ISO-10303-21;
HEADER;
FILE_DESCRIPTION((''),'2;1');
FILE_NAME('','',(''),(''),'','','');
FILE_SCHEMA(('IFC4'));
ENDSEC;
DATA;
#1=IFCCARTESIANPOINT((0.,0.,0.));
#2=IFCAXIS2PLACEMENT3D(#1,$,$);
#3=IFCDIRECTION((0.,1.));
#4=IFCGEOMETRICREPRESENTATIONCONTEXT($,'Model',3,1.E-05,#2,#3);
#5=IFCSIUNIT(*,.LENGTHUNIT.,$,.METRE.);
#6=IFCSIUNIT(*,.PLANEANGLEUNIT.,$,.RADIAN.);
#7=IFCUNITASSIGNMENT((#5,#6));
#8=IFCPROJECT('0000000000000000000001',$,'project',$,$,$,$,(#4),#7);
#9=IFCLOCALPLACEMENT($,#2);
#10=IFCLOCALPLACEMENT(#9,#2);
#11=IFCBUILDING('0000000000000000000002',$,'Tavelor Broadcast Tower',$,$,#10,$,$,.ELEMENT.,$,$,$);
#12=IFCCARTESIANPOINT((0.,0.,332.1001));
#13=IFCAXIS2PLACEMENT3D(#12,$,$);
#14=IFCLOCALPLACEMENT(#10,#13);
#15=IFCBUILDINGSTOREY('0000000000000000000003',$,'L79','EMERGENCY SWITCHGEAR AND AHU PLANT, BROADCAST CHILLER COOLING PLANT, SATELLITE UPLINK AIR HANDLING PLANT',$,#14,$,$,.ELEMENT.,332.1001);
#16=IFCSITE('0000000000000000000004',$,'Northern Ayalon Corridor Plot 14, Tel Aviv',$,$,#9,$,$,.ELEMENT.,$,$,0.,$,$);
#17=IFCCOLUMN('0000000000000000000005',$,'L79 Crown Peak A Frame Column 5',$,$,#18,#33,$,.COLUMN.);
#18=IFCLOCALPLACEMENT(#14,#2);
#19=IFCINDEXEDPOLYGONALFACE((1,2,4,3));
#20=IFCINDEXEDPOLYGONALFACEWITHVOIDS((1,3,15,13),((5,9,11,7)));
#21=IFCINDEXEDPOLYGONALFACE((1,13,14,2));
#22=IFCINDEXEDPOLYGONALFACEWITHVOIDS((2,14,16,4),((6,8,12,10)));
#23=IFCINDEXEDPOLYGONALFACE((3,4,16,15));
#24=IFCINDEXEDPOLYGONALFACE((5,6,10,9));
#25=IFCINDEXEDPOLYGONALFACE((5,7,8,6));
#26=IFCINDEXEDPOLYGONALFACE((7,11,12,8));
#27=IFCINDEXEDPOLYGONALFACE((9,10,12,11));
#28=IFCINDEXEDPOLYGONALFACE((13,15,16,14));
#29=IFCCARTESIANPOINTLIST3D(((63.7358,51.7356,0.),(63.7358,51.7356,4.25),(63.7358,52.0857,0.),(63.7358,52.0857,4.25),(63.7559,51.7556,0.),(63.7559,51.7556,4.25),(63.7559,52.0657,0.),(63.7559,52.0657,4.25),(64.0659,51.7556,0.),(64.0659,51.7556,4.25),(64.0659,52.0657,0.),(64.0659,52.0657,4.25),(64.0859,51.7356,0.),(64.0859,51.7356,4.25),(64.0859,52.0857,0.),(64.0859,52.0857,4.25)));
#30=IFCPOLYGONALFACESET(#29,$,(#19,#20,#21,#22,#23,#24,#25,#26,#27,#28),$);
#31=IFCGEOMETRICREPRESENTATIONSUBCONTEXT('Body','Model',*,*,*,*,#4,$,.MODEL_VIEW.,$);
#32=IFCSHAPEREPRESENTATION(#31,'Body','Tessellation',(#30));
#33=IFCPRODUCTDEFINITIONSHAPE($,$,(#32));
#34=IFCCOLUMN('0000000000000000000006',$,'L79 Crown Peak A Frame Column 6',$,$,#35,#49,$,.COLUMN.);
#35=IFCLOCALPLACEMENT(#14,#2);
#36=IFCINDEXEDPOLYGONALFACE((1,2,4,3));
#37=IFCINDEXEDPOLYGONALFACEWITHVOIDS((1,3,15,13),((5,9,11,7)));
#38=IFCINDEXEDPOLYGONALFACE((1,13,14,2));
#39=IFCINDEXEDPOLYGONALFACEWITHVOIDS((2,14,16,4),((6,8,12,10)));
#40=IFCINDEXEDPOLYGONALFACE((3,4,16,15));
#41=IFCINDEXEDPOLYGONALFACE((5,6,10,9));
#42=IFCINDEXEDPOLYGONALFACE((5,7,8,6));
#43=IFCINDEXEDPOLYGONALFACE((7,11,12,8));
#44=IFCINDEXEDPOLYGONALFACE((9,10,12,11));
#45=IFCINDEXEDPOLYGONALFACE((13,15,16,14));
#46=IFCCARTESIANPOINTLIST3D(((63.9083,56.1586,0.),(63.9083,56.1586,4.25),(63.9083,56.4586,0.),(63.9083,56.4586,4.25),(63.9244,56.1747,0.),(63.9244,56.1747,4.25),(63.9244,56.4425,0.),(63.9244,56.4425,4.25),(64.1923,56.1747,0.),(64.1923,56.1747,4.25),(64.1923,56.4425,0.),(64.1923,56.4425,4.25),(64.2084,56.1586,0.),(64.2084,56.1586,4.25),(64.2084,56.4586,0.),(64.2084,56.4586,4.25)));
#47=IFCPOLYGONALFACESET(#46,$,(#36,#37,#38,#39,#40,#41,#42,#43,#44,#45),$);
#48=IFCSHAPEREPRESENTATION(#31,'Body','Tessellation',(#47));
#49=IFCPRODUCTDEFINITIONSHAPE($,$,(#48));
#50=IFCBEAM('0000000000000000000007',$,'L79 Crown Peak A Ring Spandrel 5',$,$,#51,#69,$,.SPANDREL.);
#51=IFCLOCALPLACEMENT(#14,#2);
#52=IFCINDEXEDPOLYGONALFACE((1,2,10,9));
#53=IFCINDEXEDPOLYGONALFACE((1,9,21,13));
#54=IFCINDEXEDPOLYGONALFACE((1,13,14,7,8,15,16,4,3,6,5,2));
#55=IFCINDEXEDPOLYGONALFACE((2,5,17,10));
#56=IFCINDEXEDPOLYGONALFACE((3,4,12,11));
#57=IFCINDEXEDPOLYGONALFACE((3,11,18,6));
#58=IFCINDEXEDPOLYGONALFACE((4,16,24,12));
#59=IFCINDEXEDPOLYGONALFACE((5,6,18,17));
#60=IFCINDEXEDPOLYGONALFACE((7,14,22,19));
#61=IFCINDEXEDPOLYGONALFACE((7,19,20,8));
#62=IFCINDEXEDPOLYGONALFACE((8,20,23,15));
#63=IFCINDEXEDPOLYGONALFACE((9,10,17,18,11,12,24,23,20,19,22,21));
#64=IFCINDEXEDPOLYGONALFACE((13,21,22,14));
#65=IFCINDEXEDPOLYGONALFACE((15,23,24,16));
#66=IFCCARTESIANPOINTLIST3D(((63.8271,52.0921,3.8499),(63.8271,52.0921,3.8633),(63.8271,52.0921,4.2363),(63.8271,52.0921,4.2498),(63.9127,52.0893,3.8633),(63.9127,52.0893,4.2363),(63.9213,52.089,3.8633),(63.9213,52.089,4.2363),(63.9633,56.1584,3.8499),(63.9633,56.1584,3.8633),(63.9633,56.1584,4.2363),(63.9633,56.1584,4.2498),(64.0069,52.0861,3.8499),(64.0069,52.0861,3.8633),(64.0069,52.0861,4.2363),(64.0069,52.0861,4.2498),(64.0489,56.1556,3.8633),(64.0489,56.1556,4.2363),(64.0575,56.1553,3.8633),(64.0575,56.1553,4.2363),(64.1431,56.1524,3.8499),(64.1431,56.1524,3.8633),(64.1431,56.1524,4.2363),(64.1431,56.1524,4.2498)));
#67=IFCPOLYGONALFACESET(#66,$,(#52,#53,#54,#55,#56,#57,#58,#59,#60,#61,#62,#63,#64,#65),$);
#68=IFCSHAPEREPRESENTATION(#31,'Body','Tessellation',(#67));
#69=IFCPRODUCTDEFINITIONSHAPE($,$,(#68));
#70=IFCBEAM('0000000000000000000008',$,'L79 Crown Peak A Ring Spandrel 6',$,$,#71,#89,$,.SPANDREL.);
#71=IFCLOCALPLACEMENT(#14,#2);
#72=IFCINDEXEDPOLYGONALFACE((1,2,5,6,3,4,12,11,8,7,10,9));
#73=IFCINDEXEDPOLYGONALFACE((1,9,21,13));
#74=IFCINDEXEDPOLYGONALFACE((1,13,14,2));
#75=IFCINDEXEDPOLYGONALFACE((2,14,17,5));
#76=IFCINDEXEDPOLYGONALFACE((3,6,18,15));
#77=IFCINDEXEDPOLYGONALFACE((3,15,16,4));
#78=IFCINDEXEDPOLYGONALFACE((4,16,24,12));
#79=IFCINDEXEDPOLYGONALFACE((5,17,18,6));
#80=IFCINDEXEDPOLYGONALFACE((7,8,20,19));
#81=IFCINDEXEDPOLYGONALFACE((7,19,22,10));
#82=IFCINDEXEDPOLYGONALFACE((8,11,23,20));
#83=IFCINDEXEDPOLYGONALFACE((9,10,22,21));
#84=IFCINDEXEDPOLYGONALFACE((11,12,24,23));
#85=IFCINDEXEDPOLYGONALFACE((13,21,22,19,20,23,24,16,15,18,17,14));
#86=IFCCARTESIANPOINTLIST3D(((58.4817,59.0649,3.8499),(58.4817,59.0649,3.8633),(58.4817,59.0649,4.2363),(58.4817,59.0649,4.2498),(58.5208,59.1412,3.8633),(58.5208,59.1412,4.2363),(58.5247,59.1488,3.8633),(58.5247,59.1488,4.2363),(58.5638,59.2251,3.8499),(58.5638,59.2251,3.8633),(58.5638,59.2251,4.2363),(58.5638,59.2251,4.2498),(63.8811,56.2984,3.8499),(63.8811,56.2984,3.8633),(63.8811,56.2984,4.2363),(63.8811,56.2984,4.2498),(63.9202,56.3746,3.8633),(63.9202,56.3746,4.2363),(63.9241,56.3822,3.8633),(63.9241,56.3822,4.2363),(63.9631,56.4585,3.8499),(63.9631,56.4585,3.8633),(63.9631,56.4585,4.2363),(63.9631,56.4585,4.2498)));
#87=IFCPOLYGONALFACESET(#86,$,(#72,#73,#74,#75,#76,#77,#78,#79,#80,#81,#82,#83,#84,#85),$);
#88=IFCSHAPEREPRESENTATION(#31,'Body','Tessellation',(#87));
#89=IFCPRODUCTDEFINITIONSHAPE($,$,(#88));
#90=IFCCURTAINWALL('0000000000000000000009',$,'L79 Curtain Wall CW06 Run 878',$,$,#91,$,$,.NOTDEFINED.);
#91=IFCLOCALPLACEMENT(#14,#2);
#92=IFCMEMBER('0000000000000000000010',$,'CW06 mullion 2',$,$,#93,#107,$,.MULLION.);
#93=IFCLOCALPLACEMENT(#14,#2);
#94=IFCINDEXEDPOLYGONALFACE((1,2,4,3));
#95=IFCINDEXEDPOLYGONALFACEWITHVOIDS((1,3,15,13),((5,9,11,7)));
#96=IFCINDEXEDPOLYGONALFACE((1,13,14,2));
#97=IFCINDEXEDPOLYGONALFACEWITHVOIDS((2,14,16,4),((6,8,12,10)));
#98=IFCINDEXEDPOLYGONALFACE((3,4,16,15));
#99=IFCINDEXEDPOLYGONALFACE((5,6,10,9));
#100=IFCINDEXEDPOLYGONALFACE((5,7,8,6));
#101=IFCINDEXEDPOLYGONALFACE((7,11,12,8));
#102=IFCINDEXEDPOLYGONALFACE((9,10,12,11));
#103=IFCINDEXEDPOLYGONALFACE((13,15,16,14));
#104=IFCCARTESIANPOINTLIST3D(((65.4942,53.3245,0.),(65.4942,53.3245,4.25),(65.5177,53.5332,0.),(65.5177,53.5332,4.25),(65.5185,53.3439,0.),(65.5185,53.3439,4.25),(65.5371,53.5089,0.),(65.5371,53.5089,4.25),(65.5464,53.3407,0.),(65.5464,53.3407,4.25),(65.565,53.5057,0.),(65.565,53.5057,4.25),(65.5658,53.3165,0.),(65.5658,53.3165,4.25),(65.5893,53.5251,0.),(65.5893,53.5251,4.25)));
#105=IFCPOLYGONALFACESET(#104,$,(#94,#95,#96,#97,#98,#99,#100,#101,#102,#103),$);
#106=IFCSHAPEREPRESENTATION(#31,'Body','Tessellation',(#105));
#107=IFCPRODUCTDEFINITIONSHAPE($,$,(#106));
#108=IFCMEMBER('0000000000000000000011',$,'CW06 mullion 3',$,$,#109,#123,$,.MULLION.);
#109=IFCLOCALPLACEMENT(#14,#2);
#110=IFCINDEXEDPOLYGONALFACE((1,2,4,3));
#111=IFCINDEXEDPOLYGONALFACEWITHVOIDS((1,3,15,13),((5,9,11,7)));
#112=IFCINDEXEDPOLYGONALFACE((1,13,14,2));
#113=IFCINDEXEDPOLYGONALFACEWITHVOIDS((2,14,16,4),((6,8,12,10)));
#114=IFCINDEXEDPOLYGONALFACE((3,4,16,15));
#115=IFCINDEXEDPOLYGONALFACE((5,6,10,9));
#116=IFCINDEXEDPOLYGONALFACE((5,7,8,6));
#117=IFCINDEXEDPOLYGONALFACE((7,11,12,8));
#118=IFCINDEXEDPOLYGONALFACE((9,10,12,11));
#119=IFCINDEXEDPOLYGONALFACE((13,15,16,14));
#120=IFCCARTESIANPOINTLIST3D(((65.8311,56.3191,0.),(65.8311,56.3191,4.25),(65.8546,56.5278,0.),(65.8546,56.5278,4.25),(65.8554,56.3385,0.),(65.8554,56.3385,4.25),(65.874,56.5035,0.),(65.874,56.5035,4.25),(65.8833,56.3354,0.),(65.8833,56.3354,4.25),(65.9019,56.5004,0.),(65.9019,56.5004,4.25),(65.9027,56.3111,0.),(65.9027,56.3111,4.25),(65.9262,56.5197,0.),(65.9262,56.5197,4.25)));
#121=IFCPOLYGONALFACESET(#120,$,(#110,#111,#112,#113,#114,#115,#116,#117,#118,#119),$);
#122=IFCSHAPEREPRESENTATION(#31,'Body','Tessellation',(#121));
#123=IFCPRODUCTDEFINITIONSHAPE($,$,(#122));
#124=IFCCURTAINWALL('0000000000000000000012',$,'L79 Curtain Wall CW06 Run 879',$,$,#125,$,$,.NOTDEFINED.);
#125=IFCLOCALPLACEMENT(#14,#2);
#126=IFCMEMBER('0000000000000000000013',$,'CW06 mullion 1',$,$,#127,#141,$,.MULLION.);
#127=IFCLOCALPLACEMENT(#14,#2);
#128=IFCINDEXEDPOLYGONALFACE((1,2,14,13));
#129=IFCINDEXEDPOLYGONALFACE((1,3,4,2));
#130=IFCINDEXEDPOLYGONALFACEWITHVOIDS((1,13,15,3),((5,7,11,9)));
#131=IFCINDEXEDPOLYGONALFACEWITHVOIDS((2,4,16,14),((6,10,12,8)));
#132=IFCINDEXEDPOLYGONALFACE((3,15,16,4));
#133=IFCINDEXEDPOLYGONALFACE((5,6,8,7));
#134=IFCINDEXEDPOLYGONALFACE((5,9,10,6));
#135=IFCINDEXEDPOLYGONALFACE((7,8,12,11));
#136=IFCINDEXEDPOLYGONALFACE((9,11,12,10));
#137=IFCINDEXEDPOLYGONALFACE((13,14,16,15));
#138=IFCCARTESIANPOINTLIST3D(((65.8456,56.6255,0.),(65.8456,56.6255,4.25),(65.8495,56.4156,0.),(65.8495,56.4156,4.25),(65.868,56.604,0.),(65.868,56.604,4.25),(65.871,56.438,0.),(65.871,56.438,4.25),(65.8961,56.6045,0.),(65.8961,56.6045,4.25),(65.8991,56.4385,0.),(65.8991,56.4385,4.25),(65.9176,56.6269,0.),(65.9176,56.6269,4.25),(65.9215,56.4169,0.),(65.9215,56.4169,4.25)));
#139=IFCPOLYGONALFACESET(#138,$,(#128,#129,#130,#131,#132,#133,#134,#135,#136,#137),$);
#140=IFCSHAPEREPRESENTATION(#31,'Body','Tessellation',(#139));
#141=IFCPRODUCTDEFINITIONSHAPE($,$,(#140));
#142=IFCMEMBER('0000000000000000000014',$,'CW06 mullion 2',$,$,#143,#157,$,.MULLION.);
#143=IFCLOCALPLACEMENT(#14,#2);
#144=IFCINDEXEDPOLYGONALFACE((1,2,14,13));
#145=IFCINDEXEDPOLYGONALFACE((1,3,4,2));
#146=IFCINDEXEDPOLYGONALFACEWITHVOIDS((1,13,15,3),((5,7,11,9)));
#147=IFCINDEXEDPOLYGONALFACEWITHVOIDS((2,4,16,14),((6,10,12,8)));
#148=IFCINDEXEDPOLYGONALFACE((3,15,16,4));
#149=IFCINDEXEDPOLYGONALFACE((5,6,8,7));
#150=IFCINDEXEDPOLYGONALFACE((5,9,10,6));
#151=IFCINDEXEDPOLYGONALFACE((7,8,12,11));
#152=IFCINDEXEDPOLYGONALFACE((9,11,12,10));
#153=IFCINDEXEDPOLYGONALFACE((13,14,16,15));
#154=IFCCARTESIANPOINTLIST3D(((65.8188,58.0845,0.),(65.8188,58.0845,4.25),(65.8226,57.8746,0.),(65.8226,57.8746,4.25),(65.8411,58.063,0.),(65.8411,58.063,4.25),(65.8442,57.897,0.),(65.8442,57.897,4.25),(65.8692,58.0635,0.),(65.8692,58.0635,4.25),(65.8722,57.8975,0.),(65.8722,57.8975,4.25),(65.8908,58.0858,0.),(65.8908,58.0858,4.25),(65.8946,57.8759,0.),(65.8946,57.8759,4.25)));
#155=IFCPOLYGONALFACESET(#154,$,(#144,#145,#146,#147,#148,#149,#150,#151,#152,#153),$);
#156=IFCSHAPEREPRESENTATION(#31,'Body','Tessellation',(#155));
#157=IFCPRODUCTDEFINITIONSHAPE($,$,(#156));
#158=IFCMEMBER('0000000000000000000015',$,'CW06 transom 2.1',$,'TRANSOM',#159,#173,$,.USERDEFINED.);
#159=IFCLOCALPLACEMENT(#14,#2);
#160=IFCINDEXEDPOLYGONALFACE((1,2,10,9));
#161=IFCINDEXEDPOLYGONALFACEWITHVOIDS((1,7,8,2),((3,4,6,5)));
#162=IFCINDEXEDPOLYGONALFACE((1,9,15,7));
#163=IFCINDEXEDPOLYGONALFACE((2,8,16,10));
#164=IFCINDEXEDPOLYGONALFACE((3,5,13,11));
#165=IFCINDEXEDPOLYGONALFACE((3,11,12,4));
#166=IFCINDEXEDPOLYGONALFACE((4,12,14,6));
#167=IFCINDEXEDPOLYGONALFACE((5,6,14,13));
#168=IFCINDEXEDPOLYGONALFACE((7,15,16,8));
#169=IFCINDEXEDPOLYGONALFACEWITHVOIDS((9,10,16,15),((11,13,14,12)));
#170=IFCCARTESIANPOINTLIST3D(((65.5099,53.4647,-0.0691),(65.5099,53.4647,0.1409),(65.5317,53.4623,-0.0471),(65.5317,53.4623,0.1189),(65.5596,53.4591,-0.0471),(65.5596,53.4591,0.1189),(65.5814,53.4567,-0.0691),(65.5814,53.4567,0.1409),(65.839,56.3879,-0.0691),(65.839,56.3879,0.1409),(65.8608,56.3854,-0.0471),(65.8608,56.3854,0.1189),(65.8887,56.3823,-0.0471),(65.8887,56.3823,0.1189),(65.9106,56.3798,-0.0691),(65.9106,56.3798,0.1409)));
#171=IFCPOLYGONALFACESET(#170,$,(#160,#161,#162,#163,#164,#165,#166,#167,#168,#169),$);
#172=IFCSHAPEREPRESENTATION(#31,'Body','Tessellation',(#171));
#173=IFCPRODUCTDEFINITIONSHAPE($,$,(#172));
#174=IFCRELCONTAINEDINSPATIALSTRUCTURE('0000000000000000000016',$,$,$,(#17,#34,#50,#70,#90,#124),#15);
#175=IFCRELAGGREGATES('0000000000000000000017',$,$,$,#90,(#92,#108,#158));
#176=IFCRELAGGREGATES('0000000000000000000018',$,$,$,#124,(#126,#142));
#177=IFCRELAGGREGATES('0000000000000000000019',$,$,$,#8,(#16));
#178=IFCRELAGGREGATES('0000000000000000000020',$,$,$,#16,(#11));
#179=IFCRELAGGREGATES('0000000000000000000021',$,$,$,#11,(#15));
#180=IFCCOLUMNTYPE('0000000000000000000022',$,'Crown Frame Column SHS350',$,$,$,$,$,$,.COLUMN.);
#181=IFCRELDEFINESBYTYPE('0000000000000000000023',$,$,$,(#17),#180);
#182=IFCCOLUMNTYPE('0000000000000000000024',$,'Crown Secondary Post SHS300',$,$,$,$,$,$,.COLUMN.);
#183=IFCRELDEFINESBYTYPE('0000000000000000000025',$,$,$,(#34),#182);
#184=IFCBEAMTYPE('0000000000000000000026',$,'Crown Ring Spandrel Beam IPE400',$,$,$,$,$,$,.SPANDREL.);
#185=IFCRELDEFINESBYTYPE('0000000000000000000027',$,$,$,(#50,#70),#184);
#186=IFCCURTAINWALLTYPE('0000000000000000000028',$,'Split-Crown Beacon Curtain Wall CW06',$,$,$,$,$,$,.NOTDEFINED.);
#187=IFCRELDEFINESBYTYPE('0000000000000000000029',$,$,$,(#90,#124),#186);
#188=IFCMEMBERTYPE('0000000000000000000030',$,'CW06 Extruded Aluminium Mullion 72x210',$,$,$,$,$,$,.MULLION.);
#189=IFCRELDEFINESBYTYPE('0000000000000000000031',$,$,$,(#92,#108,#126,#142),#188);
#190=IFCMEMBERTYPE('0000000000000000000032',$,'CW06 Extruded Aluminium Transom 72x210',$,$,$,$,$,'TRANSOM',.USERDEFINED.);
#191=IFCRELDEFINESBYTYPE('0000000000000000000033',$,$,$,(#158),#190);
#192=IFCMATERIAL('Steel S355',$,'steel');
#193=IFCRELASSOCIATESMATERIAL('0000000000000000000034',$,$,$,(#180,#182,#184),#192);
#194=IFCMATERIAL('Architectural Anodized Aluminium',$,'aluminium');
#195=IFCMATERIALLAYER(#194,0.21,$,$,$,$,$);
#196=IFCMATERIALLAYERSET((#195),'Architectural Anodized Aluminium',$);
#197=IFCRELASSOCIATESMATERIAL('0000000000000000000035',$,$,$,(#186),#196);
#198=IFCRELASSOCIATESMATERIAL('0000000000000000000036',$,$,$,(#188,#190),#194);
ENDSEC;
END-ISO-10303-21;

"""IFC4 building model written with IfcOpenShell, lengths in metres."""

from ifc_helpers import new_model, si_unit, direction, frame, origin, origin_2d, place, context, subcontext, project, spatial, hollow_rectangle, i_section, extrude, source, transform, mapped, material, layer, layer_set, material_profile, profile_set, type_object, type_shapes, element, aggregate, save


model = new_model("IFC4")

# Units and contexts
model_context = context("Model", 3, precision=1e-05, world=origin(), true_north=direction((0.0, 1.0)))
body_context = subcontext(model_context, "Body", "Model", "MODEL_VIEW")
ifc_project = project(units=[si_unit("LENGTHUNIT", "METRE"), si_unit("PLANEANGLEUNIT", "RADIAN")], contexts=[model_context])

# Site, building, storey
site_placement = place(None, origin())
site = spatial("IfcSite", under=ifc_project, at=site_placement, Name="Northern Ayalon Corridor Plot 14, Tel Aviv", CompositionType="ELEMENT", RefElevation=0.0)
building_placement = place(site_placement, origin())
building = spatial("IfcBuilding", under=site, at=building_placement, Name="Tavelor Broadcast Tower", CompositionType="ELEMENT")
storey_placement = place(building_placement, frame((0.0, 0.0, 332.1001)))
storey = spatial("IfcBuildingStorey", under=building, at=storey_placement, Name="L79", Description="EMERGENCY SWITCHGEAR AND AHU PLANT, BROADCAST CHILLER COOLING PLANT, SATELLITE UPLINK AIR HANDLING PLANT", CompositionType="ELEMENT", Elevation=332.1001)

# Columns
ifc_material_1 = material(Name="Steel S355", Category="steel")
ifc_material_profile_1 = material_profile(ifc_material_1, hollow_rectangle(XDim=0.3501, YDim=0.3501, WallThickness=0.02, at=origin_2d()), Name="SHS 350x350x20")
ifc_profile_set_1 = profile_set([ifc_material_profile_1], Name="Steel S355")
column_type_1 = type_object("IfcColumnType", Name="Crown Frame Column SHS350", PredefinedType="COLUMN", material=ifc_profile_set_1)
column_1_placement = place(storey_placement, frame((63.9109, 51.9106, 0.0), z_axis=(0.0, 0.0, 1.0), x_axis=(1.0, 0.0, 0.0)))
element("IfcColumn", 1, at=column_1_placement, inside=storey, type_object=column_type_1, Name="L79 Crown Peak A Frame Column 5", PredefinedType="COLUMN", context=body_context, shape_type="SweptSolid", body=[
    extrude(hollow_rectangle(XDim=0.3501, YDim=0.3501, WallThickness=0.02, at=origin_2d()), origin(), (0.0, 0.0, 1.0), 4.25),
])
ifc_material_profile_2 = material_profile(ifc_material_1, hollow_rectangle(XDim=0.3, YDim=0.3, WallThickness=0.0161, at=origin_2d()), Name="SHS 300x300x16")
ifc_profile_set_2 = profile_set([ifc_material_profile_2], Name="Steel S355")
column_type_2 = type_object("IfcColumnType", Name="Crown Secondary Post SHS300", PredefinedType="COLUMN", material=ifc_profile_set_2)
column_2_placement = place(storey_placement, frame((64.0583, 56.3086, 0.0), z_axis=(0.0, 0.0, 1.0), x_axis=(1.0, 0.0, 0.0)))
element("IfcColumn", 2, at=column_2_placement, inside=storey, type_object=column_type_2, Name="L79 Crown Peak A Frame Column 6", PredefinedType="COLUMN", context=body_context, shape_type="SweptSolid", body=[
    extrude(hollow_rectangle(XDim=0.3, YDim=0.3, WallThickness=0.0161, at=origin_2d()), origin(), (0.0, 0.0, 1.0), 4.25),
])

# Beams
ifc_material_profile_3 = material_profile(ifc_material_1, i_section(OverallWidth=0.1799, OverallDepth=0.3999, WebThickness=0.0085, FlangeThickness=0.0134, at=origin_2d()), Name="IPE 400")
ifc_profile_set_3 = profile_set([ifc_material_profile_3], Name="Steel S355")
beam_type = type_object("IfcBeamType", Name="Crown Ring Spandrel Beam IPE400", PredefinedType="SPANDREL", material=ifc_profile_set_3)
beam_1_placement = place(storey_placement, frame((63.917, 52.0891, 4.0498), z_axis=(0.033483, 0.999439, 0.0), x_axis=(-0.999439, 0.033483, 0.0)))
element("IfcBeam", 3, at=beam_1_placement, inside=storey, type_object=beam_type, Name="L79 Crown Peak A Ring Spandrel 5", PredefinedType="SPANDREL", context=body_context, shape_type="SweptSolid", body=[
    extrude(i_section(OverallWidth=0.1799, OverallDepth=0.3999, WebThickness=0.0085, FlangeThickness=0.0134, at=origin_2d()), origin(), (0.0, 0.0, 1.0), 4.0686),
])
beam_2_placement = place(storey_placement, frame((63.9221, 56.3784, 4.0498), z_axis=(-0.889973, 0.456013, 0.0), x_axis=(-0.456013, -0.889973, 0.0)))
element("IfcBeam", 4, at=beam_2_placement, inside=storey, type_object=beam_type, Name="L79 Crown Peak A Ring Spandrel 6", PredefinedType="SPANDREL", context=body_context, shape_type="SweptSolid", body=[
    extrude(i_section(OverallWidth=0.1799, OverallDepth=0.3999, WebThickness=0.0085, FlangeThickness=0.0134, at=origin_2d()), origin(), (0.0, 0.0, 1.0), 6.0669),
])

# Curtain walls, members
ifc_material_2 = material(Name="Architectural Anodized Aluminium", Category="aluminium")
ifc_layer_1 = layer(ifc_material_2, 0.21)
ifc_layer_set_1 = layer_set([ifc_layer_1], Name="Architectural Anodized Aluminium")
curtain_wall_type = type_object("IfcCurtainWallType", Name="Split-Crown Beacon Curtain Wall CW06", PredefinedType="NOTDEFINED", material=ifc_layer_set_1)
curtain_wall_1_placement = place(storey_placement, origin())
curtain_wall_1 = element("IfcCurtainWall", 5, at=curtain_wall_1_placement, inside=storey, type_object=curtain_wall_type, Name="L79 Curtain Wall CW06 Run 878", PredefinedType="NOTDEFINED")
ifc_material_profile_4 = material_profile(ifc_material_2, hollow_rectangle(XDim=0.072, YDim=0.21, WallThickness=0.022, at=origin_2d()), Name="RHS 72x210x22")
ifc_profile_set_4 = profile_set([ifc_material_profile_4], Name="Architectural Anodized Aluminium")
member_type_1 = type_object("IfcMemberType", Name="CW06 Extruded Aluminium Mullion 72x210", PredefinedType="MULLION", material=ifc_profile_set_4)
shared_shape_1 = source(origin(), body_context, "Body", "SweptSolid", [
    extrude(hollow_rectangle(XDim=0.072, YDim=0.21, WallThickness=0.022, at=origin_2d()), origin(), (0.0, 0.0, 1.0), 4.25),
])
type_shapes(member_type_1, [shared_shape_1])
member_1_placement = place(storey_placement, frame((65.5417, 53.4248, 0.0), z_axis=(0.0, 0.0, 1.0), x_axis=(-0.993728, 0.111821, 0.0)))
member_1 = element("IfcMember", 6, at=member_1_placement, type_object=member_type_1, Name="CW06 mullion 2", PredefinedType="MULLION", context=body_context, shape_type="MappedRepresentation", body=[
    mapped(shared_shape_1, transform((0.0, 0.0, 0.0), scale=1.0)),
])
member_2_placement = place(storey_placement, frame((65.8787, 56.4194, 0.0), z_axis=(0.0, 0.0, 1.0), x_axis=(-0.993728, 0.111821, 0.0)))
member_2 = element("IfcMember", 7, at=member_2_placement, type_object=member_type_1, Name="CW06 mullion 3", PredefinedType="MULLION", context=body_context, shape_type="MappedRepresentation", body=[
    mapped(shared_shape_1, transform((0.0, 0.0, 0.0), scale=1.0)),
])
curtain_wall_2_placement = place(storey_placement, origin())
curtain_wall_2 = element("IfcCurtainWall", 8, at=curtain_wall_2_placement, inside=storey, type_object=curtain_wall_type, Name="L79 Curtain Wall CW06 Run 879", PredefinedType="NOTDEFINED")
member_3_placement = place(storey_placement, frame((65.8835, 56.5212, 0.0), z_axis=(0.0, 0.0, 1.0), x_axis=(-0.999832, -0.018352, 0.0)))
member_3 = element("IfcMember", 9, at=member_3_placement, type_object=member_type_1, Name="CW06 mullion 1", PredefinedType="MULLION", context=body_context, shape_type="MappedRepresentation", body=[
    mapped(shared_shape_1, transform((0.0, 0.0, 0.0), scale=1.0)),
])
member_4_placement = place(storey_placement, frame((65.8567, 57.9802, 0.0), z_axis=(0.0, 0.0, 1.0), x_axis=(-0.999832, -0.018352, 0.0)))
member_4 = element("IfcMember", 10, at=member_4_placement, type_object=member_type_1, Name="CW06 mullion 2", PredefinedType="MULLION", context=body_context, shape_type="MappedRepresentation", body=[
    mapped(shared_shape_1, transform((0.0, 0.0, 0.0), scale=1.0)),
])

# Member
ifc_material_profile_5 = material_profile(ifc_material_2, hollow_rectangle(XDim=0.072, YDim=0.21, WallThickness=0.022, at=origin_2d()), Name="RHS 72x210x22")
ifc_profile_set_5 = profile_set([ifc_material_profile_5], Name="Architectural Anodized Aluminium")
member_type_2 = type_object("IfcMemberType", Name="CW06 Extruded Aluminium Transom 72x210", ElementType="TRANSOM", PredefinedType="USERDEFINED", material=ifc_profile_set_5)
shared_shape_2 = source(origin(), body_context, "Body", "SweptSolid", [
    extrude(hollow_rectangle(XDim=0.072, YDim=0.21, WallThickness=0.022, at=origin_2d()), origin(), (0.0, 0.0, 1.0), 2.9417),
])
member_5_placement = place(storey_placement, frame((65.5457, 53.4607, 0.0359), z_axis=(0.11188, 0.993722, 0.0), x_axis=(-0.993722, 0.11188, 0.0)))
member_5 = element("IfcMember", 11, at=member_5_placement, type_object=member_type_2, Name="CW06 transom 2.1", ObjectType="TRANSOM", PredefinedType="USERDEFINED", context=body_context, shape_type="MappedRepresentation", body=[
    mapped(shared_shape_2, transform((0.0, 0.0, 0.0), scale=1.0)),
])

aggregate(curtain_wall_1, [member_1, member_2, member_5])
aggregate(curtain_wall_2, [member_3, member_4])

save(model, "model.ifc")
